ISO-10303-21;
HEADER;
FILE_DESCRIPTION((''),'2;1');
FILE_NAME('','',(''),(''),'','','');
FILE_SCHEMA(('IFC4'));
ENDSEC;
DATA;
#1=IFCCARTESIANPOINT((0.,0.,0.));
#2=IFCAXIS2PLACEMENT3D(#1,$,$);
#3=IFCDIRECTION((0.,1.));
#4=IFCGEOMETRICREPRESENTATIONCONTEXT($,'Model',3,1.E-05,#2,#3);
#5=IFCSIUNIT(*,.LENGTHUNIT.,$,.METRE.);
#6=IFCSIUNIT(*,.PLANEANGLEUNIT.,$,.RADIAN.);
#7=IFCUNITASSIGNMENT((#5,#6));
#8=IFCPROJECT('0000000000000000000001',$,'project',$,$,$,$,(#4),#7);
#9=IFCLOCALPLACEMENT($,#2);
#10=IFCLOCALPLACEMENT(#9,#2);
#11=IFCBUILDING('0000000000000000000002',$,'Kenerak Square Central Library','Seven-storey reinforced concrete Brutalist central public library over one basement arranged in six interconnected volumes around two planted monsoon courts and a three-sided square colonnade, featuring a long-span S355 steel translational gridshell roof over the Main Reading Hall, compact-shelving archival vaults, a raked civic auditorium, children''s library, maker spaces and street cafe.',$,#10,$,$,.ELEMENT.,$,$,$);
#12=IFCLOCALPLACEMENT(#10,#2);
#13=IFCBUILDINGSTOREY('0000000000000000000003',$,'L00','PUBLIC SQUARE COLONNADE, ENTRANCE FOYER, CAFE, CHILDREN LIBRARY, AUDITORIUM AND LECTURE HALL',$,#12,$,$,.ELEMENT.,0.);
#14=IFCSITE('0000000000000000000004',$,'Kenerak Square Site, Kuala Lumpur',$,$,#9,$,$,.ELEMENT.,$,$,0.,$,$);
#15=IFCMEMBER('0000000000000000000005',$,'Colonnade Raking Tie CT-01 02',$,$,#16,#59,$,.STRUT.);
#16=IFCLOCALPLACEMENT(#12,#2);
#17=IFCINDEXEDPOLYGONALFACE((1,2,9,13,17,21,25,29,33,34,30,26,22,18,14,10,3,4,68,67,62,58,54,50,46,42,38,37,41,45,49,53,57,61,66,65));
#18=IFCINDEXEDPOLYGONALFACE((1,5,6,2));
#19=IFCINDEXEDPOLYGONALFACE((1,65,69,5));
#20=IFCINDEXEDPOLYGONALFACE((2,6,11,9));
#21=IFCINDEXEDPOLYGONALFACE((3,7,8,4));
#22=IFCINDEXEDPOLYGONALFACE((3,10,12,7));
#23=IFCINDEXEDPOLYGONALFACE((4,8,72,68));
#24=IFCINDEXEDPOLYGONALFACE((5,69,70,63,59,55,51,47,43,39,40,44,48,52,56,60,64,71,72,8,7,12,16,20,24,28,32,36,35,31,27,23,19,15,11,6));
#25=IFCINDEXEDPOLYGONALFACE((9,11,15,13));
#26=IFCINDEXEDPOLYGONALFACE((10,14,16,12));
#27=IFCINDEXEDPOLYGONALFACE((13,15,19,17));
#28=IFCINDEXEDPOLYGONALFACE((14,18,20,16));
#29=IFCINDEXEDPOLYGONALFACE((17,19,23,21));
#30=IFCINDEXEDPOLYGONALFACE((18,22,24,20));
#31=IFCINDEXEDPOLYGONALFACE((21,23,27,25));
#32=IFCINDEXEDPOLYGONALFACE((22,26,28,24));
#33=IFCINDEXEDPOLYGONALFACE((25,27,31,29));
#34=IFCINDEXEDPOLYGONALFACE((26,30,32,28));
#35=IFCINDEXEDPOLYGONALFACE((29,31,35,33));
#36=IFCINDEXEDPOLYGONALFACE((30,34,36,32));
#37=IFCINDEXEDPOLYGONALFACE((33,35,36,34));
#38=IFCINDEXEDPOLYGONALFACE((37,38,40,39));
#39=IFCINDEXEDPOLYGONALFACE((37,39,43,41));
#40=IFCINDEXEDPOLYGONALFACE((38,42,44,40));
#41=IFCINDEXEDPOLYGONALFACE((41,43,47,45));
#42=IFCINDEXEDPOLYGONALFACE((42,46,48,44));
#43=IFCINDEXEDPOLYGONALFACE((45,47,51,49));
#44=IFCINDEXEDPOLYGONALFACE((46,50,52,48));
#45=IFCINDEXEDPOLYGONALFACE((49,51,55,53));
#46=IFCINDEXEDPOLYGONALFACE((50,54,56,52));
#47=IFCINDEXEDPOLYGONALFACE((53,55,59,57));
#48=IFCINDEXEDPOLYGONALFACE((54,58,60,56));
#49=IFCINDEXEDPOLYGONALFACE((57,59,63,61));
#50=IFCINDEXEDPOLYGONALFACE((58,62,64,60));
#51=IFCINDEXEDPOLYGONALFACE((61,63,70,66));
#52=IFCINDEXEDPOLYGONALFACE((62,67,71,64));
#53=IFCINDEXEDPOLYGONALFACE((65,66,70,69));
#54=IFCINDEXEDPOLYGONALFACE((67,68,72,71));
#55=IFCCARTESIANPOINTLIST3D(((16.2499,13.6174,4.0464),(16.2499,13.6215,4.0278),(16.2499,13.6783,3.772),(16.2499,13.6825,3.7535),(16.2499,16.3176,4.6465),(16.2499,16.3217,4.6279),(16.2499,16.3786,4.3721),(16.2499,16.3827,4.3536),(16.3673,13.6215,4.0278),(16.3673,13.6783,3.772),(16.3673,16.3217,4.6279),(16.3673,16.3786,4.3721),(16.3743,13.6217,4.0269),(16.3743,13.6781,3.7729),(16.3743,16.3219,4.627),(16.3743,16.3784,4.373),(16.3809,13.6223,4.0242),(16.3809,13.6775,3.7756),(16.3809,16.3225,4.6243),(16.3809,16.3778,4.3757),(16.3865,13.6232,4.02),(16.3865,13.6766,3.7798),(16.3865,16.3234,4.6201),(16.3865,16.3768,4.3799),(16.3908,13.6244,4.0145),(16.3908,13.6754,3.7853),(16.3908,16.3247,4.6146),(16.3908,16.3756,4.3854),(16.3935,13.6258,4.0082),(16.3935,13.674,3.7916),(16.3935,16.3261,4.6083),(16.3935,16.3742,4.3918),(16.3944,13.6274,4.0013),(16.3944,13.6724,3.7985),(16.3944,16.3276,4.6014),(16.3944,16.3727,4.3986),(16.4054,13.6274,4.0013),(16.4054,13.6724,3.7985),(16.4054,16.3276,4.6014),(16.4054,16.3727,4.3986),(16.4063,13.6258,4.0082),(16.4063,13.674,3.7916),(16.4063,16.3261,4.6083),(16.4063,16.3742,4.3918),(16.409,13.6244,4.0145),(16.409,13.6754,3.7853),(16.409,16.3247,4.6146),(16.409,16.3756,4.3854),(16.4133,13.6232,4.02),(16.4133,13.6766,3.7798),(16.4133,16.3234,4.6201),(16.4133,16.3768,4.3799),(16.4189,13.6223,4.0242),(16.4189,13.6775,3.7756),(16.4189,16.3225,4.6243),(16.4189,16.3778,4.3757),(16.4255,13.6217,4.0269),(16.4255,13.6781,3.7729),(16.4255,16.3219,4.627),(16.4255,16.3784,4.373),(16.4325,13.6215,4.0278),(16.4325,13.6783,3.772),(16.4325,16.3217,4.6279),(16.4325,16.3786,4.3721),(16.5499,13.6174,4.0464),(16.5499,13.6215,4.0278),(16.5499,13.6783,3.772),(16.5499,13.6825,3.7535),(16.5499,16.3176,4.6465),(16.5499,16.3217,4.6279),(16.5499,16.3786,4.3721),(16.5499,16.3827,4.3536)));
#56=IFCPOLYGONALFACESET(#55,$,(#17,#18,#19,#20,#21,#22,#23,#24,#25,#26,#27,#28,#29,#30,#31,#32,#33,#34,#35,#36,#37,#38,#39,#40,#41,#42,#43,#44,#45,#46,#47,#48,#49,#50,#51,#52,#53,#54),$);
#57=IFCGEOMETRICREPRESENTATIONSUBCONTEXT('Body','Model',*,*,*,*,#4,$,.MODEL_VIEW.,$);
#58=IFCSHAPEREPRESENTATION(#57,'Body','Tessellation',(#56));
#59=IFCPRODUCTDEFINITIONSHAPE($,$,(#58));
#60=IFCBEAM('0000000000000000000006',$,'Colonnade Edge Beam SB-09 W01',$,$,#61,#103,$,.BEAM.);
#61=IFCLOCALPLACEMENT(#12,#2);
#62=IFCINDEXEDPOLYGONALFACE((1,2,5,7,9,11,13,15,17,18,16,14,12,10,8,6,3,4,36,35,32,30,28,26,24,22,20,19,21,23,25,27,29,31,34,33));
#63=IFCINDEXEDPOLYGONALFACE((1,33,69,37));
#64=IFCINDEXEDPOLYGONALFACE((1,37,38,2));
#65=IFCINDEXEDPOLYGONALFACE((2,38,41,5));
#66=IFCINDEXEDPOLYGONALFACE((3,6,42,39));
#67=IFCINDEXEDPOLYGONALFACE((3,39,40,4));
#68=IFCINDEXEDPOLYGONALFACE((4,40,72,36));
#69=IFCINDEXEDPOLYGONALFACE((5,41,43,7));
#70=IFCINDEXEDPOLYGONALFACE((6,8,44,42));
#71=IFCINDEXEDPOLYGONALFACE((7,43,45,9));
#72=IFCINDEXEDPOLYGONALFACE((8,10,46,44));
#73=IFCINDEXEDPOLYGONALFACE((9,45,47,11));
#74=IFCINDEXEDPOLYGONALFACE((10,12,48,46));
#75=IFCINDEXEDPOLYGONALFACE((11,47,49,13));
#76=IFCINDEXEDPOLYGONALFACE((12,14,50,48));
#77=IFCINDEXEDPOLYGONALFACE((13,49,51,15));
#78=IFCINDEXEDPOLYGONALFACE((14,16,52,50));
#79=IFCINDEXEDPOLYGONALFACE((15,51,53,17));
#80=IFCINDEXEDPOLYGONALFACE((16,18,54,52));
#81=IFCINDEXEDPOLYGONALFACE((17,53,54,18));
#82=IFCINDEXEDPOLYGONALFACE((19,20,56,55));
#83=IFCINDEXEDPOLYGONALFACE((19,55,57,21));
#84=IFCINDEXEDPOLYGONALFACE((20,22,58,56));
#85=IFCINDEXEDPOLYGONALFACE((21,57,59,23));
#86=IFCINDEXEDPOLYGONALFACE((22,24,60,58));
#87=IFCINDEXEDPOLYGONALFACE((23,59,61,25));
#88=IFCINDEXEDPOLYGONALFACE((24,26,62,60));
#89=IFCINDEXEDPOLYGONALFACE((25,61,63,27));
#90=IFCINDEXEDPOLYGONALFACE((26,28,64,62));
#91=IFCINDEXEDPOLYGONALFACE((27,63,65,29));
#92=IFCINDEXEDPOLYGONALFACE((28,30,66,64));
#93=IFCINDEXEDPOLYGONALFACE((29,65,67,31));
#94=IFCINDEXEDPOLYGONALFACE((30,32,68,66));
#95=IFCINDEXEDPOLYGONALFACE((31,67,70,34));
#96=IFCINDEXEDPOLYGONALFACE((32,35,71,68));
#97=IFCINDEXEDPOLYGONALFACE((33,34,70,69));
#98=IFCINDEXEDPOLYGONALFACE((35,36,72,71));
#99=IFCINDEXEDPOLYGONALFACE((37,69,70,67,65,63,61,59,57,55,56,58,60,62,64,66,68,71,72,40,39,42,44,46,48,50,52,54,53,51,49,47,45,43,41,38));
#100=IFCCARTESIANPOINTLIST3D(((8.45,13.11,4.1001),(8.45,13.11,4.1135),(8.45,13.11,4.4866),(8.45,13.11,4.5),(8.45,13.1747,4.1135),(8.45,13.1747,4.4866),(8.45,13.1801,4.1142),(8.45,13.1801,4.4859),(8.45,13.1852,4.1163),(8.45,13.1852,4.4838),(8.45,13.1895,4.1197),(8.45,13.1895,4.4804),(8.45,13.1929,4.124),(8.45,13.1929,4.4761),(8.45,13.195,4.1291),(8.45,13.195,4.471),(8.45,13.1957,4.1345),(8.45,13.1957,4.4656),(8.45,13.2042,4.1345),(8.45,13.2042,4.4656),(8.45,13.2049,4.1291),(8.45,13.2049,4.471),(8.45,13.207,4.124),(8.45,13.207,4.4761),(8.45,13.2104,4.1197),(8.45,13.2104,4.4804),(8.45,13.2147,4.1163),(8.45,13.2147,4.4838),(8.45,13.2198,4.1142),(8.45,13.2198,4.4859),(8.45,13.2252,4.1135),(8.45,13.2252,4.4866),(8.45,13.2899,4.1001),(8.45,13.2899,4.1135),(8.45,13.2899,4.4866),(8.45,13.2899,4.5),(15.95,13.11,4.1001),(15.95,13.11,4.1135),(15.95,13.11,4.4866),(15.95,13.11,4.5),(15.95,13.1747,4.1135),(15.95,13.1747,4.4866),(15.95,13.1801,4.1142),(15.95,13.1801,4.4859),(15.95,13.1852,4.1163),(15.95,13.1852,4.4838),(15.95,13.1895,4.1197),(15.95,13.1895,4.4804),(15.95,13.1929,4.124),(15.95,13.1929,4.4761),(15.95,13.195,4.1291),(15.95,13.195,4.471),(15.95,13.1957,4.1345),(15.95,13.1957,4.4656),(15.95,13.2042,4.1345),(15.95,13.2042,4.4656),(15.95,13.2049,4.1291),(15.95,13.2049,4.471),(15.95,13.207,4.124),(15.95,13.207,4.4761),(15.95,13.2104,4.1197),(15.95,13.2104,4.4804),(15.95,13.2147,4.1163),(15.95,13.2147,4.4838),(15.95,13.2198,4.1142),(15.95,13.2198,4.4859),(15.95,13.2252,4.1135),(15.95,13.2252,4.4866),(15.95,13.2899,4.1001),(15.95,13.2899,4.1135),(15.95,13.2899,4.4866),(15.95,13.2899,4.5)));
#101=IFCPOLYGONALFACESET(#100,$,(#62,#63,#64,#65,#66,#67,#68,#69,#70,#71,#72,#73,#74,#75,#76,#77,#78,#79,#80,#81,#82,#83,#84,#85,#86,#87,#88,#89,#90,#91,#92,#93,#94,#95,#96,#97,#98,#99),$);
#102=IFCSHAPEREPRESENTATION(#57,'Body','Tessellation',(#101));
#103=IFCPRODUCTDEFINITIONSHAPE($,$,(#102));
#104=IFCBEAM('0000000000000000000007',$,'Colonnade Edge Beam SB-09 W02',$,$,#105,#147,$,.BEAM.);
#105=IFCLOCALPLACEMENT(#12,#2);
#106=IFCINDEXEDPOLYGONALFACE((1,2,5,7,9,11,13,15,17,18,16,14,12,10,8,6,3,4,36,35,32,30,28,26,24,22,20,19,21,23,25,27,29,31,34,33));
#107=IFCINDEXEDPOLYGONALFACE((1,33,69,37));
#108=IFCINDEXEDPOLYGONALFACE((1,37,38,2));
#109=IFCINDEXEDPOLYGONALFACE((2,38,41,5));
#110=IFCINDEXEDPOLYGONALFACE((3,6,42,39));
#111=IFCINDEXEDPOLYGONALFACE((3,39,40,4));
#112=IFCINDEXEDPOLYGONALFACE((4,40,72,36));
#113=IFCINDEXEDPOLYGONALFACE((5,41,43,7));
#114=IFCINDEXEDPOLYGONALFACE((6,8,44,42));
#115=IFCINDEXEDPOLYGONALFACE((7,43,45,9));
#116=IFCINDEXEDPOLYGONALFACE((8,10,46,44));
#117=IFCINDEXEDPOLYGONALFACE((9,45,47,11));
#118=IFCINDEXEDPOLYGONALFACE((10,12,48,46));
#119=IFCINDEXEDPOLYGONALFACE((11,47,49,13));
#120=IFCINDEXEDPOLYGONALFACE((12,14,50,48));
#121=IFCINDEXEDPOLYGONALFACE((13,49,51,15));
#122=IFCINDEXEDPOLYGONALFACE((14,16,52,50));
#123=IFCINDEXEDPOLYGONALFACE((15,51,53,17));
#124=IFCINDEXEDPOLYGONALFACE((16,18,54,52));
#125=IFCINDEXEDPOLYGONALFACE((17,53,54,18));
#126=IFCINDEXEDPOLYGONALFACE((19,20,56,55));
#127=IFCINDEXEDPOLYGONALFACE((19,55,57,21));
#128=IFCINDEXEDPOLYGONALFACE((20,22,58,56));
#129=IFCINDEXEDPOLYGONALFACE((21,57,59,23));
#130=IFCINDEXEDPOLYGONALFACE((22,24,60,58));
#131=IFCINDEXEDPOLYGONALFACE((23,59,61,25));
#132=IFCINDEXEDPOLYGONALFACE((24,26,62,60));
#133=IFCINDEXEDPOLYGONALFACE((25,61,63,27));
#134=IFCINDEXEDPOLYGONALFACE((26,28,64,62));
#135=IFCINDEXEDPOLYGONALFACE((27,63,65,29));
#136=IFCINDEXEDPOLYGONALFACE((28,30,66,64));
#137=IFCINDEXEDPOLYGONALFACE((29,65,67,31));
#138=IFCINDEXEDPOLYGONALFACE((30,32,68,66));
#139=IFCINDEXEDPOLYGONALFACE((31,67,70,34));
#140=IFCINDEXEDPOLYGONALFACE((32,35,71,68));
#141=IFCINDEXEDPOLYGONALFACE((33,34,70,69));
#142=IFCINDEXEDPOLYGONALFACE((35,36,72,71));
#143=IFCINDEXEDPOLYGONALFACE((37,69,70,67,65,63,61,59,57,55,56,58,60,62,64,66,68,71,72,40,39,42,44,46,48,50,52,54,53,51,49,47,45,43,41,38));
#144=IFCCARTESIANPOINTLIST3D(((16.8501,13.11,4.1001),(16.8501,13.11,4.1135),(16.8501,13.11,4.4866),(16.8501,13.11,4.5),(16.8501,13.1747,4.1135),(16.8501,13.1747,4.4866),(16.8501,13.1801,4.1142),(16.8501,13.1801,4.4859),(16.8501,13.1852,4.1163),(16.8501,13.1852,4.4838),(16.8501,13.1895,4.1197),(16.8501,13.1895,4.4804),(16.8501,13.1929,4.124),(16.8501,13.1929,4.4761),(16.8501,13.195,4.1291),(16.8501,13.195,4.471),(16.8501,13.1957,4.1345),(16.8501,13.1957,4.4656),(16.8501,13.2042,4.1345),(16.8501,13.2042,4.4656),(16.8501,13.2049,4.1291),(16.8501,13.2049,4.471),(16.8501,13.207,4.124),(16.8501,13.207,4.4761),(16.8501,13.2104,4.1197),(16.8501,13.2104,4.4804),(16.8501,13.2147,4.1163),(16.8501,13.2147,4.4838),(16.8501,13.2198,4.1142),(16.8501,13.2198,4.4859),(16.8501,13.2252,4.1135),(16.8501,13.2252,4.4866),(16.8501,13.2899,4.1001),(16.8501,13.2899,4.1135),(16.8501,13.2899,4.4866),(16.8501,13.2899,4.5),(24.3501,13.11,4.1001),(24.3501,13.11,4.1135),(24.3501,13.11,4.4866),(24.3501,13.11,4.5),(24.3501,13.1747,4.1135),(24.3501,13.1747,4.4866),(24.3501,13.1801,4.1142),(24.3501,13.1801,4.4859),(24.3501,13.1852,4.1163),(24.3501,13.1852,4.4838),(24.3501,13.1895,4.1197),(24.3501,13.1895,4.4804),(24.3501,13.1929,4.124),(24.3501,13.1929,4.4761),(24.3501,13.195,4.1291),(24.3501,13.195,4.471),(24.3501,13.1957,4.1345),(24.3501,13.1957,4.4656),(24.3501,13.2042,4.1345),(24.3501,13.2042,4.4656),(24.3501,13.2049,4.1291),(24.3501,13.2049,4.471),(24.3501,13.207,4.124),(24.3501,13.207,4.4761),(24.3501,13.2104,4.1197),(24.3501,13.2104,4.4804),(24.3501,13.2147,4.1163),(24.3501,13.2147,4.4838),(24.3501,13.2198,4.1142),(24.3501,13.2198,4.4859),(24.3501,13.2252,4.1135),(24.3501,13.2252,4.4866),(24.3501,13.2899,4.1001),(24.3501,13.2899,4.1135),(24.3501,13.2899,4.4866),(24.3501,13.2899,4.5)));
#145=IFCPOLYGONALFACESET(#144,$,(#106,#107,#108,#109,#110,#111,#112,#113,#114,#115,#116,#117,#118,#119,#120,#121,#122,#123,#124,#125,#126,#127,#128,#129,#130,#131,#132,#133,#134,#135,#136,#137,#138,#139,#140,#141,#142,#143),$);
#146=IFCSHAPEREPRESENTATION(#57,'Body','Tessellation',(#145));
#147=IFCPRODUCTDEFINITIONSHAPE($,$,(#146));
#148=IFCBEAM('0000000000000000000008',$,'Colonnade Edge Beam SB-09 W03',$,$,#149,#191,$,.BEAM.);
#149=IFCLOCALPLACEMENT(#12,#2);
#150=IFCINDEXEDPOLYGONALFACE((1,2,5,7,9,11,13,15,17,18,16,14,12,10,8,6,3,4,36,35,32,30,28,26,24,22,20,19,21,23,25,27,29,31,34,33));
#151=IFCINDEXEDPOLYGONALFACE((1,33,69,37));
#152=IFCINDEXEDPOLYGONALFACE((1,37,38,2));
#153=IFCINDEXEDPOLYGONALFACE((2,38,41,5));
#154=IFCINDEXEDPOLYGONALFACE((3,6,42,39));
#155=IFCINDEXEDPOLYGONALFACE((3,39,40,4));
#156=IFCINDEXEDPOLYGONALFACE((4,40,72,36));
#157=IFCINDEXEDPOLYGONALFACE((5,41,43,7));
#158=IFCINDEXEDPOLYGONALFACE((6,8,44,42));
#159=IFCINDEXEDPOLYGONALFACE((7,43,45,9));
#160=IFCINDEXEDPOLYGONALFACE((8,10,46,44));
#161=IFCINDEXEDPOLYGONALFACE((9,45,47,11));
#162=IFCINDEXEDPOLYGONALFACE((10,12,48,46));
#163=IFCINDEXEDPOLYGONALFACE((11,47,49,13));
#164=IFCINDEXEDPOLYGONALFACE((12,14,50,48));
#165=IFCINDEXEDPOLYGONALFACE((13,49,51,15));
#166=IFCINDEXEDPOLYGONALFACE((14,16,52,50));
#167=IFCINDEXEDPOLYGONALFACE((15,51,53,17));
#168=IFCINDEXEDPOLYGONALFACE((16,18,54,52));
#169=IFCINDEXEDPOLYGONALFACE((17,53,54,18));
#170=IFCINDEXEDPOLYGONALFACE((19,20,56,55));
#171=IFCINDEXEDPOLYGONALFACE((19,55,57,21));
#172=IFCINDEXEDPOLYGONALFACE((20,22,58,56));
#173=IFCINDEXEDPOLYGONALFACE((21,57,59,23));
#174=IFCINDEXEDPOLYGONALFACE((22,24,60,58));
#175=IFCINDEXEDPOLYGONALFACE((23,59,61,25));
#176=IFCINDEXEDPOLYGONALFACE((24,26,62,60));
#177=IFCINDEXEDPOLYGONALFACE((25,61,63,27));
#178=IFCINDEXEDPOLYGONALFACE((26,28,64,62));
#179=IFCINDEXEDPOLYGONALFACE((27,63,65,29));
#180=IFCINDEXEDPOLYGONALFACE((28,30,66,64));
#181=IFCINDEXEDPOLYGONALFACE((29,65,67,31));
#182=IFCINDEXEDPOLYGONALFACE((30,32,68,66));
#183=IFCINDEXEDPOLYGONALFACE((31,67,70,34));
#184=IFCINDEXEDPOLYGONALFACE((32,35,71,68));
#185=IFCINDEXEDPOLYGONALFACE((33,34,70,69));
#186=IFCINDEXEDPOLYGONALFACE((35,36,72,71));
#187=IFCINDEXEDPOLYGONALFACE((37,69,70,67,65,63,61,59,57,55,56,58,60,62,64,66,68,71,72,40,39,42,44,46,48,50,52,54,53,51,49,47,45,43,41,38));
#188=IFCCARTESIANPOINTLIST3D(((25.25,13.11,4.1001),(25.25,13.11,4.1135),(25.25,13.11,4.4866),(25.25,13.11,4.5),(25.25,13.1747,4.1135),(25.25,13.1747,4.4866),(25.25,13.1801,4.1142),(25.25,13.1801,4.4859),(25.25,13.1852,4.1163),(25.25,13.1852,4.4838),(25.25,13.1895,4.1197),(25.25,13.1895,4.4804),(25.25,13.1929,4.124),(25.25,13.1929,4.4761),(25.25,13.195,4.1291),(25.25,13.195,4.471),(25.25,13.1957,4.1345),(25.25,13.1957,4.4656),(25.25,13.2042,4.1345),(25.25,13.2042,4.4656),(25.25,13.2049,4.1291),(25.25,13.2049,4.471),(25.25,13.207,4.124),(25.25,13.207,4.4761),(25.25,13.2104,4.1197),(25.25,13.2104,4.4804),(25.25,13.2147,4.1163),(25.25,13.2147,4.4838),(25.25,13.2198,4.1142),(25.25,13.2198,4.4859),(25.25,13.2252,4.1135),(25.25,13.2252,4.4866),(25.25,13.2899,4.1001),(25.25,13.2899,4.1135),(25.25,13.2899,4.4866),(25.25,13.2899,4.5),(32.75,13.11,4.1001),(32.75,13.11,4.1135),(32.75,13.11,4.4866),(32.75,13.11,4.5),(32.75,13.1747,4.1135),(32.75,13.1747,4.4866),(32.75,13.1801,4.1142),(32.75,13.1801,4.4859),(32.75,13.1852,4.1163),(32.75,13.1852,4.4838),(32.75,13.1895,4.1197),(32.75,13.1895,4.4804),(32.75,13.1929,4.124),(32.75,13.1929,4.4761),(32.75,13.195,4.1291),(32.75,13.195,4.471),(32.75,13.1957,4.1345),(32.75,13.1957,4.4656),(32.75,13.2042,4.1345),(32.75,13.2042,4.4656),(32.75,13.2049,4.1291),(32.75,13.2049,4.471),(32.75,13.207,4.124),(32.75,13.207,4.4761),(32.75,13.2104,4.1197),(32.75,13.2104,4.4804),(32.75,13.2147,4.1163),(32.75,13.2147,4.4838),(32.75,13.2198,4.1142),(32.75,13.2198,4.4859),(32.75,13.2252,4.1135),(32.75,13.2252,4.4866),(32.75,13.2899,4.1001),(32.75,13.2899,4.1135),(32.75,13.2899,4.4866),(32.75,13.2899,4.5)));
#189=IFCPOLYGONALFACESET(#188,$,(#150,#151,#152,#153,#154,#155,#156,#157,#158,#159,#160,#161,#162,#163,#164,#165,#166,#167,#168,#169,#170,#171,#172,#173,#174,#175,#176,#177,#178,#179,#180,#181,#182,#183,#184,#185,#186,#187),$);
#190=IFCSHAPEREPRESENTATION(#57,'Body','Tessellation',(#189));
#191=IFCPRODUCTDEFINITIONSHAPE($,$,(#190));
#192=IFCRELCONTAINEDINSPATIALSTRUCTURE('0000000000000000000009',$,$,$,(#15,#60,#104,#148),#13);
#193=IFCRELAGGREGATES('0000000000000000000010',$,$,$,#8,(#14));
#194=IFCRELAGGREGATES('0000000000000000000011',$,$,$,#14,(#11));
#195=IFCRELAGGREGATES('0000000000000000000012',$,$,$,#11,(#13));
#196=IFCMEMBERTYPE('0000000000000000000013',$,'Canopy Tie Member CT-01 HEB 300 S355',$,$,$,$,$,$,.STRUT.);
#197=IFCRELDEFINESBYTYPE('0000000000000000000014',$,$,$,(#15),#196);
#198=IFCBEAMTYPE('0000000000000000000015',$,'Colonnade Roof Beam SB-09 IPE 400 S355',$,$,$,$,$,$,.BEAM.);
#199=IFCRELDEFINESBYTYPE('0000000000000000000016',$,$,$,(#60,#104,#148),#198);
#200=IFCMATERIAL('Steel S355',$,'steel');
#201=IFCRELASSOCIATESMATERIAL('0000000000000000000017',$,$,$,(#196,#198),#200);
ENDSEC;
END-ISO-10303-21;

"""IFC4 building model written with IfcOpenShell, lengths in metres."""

from ifc_helpers import new_model, si_unit, direction, frame, origin, origin_2d, place, context, subcontext, project, spatial, i_section, extrude, material, material_profile, profile_set, type_object, element, save


model = new_model("IFC4")

# Units and contexts
model_context = context("Model", 3, precision=1e-05, world=origin(), true_north=direction((0.0, 1.0)))
body_context = subcontext(model_context, "Body", "Model", "MODEL_VIEW")
ifc_project = project(units=[si_unit("LENGTHUNIT", "METRE"), si_unit("PLANEANGLEUNIT", "RADIAN")], contexts=[model_context])

# Site, building, storey
site_placement = place(None, origin())
site = spatial("IfcSite", under=ifc_project, at=site_placement, Name="Kenerak Square Site, Kuala Lumpur", CompositionType="ELEMENT", RefElevation=0.0)
building_placement = place(site_placement, origin())
building = spatial("IfcBuilding", under=site, at=building_placement, Name="Kenerak Square Central Library", Description="Seven-storey reinforced concrete Brutalist central public library over one basement arranged in six interconnected volumes around two planted monsoon courts and a three-sided square colonnade, featuring a long-span S355 steel translational gridshell roof over the Main Reading Hall, compact-shelving archival vaults, a raked civic auditorium, children's library, maker spaces and street cafe.", CompositionType="ELEMENT")
storey_placement = place(building_placement, origin())
storey = spatial("IfcBuildingStorey", under=building, at=storey_placement, Name="L00", Description="PUBLIC SQUARE COLONNADE, ENTRANCE FOYER, CAFE, CHILDREN LIBRARY, AUDITORIUM AND LECTURE HALL", CompositionType="ELEMENT", Elevation=0.0)

# Shared definitions
ifc_material_1 = material(Name="Steel S355", Category="steel")

# Member
ifc_material_profile_1 = material_profile(ifc_material_1, i_section(OverallWidth=0.3, OverallDepth=0.3, WebThickness=0.011, FlangeThickness=0.019, FilletRadius=0.0271, at=origin_2d()), Name="HEB 300")
ifc_profile_set_1 = profile_set([ifc_material_profile_1], Name="Steel S355")
member_type = type_object("IfcMemberType", Name="Canopy Tie Member CT-01 HEB 300 S355", PredefinedType="STRUT", material=ifc_profile_set_1)
for number, where, z_axis, x_axis, name in (
    (1, (16.3999, 13.6499, 3.8999), (0.0, 0.976183, 0.216949), (-1.0, 0.0, 0.0), "Colonnade Raking Tie CT-01 02"),
):
    element("IfcMember", number, at=place(storey_placement, frame(where, z_axis=z_axis, x_axis=x_axis)), inside=storey, type_object=member_type, Name=name, PredefinedType="STRUT", context=body_context, shape_type="SweptSolid", body=[
        extrude(i_section(OverallWidth=0.3, OverallDepth=0.3, WebThickness=0.011, FlangeThickness=0.019, FilletRadius=0.0271, at=origin_2d()), origin(), (0.0, 0.0, 1.0), 2.7661),
    ])

# Beams
ifc_material_profile_2 = material_profile(ifc_material_1, i_section(OverallWidth=0.1799, OverallDepth=0.3999, WebThickness=0.0085, FlangeThickness=0.0134, FilletRadius=0.021, at=origin_2d()), Name="IPE 400")
ifc_profile_set_2 = profile_set([ifc_material_profile_2], Name="Steel S355")
beam_type_1 = type_object("IfcBeamType", Name="Colonnade Roof Beam SB-09 IPE 400 S355", PredefinedType="BEAM", material=ifc_profile_set_2)
for number, where, z_axis, x_axis, name in (
    (2, (8.45, 13.2, 4.3), (1.0, 0.0, 0.0), (0.0, 1.0, 0.0), "Colonnade Edge Beam SB-09 W01"),
    (3, (16.8501, 13.2, 4.3), (1.0, 0.0, 0.0), (0.0, 1.0, 0.0), "Colonnade Edge Beam SB-09 W02"),
    (4, (25.25, 13.2, 4.3), (1.0, 0.0, 0.0), (0.0, 1.0, 0.0), "Colonnade Edge Beam SB-09 W03"),
):
    element("IfcBeam", number, at=place(storey_placement, frame(where, z_axis=z_axis, x_axis=x_axis)), inside=storey, type_object=beam_type_1, Name=name, PredefinedType="BEAM", context=body_context, shape_type="SweptSolid", body=[
        extrude(i_section(OverallWidth=0.1799, OverallDepth=0.3999, WebThickness=0.0085, FlangeThickness=0.0134, FilletRadius=0.021, at=origin_2d()), origin(), (0.0, 0.0, 1.0), 7.5),
    ])

save(model, "model.ifc")
